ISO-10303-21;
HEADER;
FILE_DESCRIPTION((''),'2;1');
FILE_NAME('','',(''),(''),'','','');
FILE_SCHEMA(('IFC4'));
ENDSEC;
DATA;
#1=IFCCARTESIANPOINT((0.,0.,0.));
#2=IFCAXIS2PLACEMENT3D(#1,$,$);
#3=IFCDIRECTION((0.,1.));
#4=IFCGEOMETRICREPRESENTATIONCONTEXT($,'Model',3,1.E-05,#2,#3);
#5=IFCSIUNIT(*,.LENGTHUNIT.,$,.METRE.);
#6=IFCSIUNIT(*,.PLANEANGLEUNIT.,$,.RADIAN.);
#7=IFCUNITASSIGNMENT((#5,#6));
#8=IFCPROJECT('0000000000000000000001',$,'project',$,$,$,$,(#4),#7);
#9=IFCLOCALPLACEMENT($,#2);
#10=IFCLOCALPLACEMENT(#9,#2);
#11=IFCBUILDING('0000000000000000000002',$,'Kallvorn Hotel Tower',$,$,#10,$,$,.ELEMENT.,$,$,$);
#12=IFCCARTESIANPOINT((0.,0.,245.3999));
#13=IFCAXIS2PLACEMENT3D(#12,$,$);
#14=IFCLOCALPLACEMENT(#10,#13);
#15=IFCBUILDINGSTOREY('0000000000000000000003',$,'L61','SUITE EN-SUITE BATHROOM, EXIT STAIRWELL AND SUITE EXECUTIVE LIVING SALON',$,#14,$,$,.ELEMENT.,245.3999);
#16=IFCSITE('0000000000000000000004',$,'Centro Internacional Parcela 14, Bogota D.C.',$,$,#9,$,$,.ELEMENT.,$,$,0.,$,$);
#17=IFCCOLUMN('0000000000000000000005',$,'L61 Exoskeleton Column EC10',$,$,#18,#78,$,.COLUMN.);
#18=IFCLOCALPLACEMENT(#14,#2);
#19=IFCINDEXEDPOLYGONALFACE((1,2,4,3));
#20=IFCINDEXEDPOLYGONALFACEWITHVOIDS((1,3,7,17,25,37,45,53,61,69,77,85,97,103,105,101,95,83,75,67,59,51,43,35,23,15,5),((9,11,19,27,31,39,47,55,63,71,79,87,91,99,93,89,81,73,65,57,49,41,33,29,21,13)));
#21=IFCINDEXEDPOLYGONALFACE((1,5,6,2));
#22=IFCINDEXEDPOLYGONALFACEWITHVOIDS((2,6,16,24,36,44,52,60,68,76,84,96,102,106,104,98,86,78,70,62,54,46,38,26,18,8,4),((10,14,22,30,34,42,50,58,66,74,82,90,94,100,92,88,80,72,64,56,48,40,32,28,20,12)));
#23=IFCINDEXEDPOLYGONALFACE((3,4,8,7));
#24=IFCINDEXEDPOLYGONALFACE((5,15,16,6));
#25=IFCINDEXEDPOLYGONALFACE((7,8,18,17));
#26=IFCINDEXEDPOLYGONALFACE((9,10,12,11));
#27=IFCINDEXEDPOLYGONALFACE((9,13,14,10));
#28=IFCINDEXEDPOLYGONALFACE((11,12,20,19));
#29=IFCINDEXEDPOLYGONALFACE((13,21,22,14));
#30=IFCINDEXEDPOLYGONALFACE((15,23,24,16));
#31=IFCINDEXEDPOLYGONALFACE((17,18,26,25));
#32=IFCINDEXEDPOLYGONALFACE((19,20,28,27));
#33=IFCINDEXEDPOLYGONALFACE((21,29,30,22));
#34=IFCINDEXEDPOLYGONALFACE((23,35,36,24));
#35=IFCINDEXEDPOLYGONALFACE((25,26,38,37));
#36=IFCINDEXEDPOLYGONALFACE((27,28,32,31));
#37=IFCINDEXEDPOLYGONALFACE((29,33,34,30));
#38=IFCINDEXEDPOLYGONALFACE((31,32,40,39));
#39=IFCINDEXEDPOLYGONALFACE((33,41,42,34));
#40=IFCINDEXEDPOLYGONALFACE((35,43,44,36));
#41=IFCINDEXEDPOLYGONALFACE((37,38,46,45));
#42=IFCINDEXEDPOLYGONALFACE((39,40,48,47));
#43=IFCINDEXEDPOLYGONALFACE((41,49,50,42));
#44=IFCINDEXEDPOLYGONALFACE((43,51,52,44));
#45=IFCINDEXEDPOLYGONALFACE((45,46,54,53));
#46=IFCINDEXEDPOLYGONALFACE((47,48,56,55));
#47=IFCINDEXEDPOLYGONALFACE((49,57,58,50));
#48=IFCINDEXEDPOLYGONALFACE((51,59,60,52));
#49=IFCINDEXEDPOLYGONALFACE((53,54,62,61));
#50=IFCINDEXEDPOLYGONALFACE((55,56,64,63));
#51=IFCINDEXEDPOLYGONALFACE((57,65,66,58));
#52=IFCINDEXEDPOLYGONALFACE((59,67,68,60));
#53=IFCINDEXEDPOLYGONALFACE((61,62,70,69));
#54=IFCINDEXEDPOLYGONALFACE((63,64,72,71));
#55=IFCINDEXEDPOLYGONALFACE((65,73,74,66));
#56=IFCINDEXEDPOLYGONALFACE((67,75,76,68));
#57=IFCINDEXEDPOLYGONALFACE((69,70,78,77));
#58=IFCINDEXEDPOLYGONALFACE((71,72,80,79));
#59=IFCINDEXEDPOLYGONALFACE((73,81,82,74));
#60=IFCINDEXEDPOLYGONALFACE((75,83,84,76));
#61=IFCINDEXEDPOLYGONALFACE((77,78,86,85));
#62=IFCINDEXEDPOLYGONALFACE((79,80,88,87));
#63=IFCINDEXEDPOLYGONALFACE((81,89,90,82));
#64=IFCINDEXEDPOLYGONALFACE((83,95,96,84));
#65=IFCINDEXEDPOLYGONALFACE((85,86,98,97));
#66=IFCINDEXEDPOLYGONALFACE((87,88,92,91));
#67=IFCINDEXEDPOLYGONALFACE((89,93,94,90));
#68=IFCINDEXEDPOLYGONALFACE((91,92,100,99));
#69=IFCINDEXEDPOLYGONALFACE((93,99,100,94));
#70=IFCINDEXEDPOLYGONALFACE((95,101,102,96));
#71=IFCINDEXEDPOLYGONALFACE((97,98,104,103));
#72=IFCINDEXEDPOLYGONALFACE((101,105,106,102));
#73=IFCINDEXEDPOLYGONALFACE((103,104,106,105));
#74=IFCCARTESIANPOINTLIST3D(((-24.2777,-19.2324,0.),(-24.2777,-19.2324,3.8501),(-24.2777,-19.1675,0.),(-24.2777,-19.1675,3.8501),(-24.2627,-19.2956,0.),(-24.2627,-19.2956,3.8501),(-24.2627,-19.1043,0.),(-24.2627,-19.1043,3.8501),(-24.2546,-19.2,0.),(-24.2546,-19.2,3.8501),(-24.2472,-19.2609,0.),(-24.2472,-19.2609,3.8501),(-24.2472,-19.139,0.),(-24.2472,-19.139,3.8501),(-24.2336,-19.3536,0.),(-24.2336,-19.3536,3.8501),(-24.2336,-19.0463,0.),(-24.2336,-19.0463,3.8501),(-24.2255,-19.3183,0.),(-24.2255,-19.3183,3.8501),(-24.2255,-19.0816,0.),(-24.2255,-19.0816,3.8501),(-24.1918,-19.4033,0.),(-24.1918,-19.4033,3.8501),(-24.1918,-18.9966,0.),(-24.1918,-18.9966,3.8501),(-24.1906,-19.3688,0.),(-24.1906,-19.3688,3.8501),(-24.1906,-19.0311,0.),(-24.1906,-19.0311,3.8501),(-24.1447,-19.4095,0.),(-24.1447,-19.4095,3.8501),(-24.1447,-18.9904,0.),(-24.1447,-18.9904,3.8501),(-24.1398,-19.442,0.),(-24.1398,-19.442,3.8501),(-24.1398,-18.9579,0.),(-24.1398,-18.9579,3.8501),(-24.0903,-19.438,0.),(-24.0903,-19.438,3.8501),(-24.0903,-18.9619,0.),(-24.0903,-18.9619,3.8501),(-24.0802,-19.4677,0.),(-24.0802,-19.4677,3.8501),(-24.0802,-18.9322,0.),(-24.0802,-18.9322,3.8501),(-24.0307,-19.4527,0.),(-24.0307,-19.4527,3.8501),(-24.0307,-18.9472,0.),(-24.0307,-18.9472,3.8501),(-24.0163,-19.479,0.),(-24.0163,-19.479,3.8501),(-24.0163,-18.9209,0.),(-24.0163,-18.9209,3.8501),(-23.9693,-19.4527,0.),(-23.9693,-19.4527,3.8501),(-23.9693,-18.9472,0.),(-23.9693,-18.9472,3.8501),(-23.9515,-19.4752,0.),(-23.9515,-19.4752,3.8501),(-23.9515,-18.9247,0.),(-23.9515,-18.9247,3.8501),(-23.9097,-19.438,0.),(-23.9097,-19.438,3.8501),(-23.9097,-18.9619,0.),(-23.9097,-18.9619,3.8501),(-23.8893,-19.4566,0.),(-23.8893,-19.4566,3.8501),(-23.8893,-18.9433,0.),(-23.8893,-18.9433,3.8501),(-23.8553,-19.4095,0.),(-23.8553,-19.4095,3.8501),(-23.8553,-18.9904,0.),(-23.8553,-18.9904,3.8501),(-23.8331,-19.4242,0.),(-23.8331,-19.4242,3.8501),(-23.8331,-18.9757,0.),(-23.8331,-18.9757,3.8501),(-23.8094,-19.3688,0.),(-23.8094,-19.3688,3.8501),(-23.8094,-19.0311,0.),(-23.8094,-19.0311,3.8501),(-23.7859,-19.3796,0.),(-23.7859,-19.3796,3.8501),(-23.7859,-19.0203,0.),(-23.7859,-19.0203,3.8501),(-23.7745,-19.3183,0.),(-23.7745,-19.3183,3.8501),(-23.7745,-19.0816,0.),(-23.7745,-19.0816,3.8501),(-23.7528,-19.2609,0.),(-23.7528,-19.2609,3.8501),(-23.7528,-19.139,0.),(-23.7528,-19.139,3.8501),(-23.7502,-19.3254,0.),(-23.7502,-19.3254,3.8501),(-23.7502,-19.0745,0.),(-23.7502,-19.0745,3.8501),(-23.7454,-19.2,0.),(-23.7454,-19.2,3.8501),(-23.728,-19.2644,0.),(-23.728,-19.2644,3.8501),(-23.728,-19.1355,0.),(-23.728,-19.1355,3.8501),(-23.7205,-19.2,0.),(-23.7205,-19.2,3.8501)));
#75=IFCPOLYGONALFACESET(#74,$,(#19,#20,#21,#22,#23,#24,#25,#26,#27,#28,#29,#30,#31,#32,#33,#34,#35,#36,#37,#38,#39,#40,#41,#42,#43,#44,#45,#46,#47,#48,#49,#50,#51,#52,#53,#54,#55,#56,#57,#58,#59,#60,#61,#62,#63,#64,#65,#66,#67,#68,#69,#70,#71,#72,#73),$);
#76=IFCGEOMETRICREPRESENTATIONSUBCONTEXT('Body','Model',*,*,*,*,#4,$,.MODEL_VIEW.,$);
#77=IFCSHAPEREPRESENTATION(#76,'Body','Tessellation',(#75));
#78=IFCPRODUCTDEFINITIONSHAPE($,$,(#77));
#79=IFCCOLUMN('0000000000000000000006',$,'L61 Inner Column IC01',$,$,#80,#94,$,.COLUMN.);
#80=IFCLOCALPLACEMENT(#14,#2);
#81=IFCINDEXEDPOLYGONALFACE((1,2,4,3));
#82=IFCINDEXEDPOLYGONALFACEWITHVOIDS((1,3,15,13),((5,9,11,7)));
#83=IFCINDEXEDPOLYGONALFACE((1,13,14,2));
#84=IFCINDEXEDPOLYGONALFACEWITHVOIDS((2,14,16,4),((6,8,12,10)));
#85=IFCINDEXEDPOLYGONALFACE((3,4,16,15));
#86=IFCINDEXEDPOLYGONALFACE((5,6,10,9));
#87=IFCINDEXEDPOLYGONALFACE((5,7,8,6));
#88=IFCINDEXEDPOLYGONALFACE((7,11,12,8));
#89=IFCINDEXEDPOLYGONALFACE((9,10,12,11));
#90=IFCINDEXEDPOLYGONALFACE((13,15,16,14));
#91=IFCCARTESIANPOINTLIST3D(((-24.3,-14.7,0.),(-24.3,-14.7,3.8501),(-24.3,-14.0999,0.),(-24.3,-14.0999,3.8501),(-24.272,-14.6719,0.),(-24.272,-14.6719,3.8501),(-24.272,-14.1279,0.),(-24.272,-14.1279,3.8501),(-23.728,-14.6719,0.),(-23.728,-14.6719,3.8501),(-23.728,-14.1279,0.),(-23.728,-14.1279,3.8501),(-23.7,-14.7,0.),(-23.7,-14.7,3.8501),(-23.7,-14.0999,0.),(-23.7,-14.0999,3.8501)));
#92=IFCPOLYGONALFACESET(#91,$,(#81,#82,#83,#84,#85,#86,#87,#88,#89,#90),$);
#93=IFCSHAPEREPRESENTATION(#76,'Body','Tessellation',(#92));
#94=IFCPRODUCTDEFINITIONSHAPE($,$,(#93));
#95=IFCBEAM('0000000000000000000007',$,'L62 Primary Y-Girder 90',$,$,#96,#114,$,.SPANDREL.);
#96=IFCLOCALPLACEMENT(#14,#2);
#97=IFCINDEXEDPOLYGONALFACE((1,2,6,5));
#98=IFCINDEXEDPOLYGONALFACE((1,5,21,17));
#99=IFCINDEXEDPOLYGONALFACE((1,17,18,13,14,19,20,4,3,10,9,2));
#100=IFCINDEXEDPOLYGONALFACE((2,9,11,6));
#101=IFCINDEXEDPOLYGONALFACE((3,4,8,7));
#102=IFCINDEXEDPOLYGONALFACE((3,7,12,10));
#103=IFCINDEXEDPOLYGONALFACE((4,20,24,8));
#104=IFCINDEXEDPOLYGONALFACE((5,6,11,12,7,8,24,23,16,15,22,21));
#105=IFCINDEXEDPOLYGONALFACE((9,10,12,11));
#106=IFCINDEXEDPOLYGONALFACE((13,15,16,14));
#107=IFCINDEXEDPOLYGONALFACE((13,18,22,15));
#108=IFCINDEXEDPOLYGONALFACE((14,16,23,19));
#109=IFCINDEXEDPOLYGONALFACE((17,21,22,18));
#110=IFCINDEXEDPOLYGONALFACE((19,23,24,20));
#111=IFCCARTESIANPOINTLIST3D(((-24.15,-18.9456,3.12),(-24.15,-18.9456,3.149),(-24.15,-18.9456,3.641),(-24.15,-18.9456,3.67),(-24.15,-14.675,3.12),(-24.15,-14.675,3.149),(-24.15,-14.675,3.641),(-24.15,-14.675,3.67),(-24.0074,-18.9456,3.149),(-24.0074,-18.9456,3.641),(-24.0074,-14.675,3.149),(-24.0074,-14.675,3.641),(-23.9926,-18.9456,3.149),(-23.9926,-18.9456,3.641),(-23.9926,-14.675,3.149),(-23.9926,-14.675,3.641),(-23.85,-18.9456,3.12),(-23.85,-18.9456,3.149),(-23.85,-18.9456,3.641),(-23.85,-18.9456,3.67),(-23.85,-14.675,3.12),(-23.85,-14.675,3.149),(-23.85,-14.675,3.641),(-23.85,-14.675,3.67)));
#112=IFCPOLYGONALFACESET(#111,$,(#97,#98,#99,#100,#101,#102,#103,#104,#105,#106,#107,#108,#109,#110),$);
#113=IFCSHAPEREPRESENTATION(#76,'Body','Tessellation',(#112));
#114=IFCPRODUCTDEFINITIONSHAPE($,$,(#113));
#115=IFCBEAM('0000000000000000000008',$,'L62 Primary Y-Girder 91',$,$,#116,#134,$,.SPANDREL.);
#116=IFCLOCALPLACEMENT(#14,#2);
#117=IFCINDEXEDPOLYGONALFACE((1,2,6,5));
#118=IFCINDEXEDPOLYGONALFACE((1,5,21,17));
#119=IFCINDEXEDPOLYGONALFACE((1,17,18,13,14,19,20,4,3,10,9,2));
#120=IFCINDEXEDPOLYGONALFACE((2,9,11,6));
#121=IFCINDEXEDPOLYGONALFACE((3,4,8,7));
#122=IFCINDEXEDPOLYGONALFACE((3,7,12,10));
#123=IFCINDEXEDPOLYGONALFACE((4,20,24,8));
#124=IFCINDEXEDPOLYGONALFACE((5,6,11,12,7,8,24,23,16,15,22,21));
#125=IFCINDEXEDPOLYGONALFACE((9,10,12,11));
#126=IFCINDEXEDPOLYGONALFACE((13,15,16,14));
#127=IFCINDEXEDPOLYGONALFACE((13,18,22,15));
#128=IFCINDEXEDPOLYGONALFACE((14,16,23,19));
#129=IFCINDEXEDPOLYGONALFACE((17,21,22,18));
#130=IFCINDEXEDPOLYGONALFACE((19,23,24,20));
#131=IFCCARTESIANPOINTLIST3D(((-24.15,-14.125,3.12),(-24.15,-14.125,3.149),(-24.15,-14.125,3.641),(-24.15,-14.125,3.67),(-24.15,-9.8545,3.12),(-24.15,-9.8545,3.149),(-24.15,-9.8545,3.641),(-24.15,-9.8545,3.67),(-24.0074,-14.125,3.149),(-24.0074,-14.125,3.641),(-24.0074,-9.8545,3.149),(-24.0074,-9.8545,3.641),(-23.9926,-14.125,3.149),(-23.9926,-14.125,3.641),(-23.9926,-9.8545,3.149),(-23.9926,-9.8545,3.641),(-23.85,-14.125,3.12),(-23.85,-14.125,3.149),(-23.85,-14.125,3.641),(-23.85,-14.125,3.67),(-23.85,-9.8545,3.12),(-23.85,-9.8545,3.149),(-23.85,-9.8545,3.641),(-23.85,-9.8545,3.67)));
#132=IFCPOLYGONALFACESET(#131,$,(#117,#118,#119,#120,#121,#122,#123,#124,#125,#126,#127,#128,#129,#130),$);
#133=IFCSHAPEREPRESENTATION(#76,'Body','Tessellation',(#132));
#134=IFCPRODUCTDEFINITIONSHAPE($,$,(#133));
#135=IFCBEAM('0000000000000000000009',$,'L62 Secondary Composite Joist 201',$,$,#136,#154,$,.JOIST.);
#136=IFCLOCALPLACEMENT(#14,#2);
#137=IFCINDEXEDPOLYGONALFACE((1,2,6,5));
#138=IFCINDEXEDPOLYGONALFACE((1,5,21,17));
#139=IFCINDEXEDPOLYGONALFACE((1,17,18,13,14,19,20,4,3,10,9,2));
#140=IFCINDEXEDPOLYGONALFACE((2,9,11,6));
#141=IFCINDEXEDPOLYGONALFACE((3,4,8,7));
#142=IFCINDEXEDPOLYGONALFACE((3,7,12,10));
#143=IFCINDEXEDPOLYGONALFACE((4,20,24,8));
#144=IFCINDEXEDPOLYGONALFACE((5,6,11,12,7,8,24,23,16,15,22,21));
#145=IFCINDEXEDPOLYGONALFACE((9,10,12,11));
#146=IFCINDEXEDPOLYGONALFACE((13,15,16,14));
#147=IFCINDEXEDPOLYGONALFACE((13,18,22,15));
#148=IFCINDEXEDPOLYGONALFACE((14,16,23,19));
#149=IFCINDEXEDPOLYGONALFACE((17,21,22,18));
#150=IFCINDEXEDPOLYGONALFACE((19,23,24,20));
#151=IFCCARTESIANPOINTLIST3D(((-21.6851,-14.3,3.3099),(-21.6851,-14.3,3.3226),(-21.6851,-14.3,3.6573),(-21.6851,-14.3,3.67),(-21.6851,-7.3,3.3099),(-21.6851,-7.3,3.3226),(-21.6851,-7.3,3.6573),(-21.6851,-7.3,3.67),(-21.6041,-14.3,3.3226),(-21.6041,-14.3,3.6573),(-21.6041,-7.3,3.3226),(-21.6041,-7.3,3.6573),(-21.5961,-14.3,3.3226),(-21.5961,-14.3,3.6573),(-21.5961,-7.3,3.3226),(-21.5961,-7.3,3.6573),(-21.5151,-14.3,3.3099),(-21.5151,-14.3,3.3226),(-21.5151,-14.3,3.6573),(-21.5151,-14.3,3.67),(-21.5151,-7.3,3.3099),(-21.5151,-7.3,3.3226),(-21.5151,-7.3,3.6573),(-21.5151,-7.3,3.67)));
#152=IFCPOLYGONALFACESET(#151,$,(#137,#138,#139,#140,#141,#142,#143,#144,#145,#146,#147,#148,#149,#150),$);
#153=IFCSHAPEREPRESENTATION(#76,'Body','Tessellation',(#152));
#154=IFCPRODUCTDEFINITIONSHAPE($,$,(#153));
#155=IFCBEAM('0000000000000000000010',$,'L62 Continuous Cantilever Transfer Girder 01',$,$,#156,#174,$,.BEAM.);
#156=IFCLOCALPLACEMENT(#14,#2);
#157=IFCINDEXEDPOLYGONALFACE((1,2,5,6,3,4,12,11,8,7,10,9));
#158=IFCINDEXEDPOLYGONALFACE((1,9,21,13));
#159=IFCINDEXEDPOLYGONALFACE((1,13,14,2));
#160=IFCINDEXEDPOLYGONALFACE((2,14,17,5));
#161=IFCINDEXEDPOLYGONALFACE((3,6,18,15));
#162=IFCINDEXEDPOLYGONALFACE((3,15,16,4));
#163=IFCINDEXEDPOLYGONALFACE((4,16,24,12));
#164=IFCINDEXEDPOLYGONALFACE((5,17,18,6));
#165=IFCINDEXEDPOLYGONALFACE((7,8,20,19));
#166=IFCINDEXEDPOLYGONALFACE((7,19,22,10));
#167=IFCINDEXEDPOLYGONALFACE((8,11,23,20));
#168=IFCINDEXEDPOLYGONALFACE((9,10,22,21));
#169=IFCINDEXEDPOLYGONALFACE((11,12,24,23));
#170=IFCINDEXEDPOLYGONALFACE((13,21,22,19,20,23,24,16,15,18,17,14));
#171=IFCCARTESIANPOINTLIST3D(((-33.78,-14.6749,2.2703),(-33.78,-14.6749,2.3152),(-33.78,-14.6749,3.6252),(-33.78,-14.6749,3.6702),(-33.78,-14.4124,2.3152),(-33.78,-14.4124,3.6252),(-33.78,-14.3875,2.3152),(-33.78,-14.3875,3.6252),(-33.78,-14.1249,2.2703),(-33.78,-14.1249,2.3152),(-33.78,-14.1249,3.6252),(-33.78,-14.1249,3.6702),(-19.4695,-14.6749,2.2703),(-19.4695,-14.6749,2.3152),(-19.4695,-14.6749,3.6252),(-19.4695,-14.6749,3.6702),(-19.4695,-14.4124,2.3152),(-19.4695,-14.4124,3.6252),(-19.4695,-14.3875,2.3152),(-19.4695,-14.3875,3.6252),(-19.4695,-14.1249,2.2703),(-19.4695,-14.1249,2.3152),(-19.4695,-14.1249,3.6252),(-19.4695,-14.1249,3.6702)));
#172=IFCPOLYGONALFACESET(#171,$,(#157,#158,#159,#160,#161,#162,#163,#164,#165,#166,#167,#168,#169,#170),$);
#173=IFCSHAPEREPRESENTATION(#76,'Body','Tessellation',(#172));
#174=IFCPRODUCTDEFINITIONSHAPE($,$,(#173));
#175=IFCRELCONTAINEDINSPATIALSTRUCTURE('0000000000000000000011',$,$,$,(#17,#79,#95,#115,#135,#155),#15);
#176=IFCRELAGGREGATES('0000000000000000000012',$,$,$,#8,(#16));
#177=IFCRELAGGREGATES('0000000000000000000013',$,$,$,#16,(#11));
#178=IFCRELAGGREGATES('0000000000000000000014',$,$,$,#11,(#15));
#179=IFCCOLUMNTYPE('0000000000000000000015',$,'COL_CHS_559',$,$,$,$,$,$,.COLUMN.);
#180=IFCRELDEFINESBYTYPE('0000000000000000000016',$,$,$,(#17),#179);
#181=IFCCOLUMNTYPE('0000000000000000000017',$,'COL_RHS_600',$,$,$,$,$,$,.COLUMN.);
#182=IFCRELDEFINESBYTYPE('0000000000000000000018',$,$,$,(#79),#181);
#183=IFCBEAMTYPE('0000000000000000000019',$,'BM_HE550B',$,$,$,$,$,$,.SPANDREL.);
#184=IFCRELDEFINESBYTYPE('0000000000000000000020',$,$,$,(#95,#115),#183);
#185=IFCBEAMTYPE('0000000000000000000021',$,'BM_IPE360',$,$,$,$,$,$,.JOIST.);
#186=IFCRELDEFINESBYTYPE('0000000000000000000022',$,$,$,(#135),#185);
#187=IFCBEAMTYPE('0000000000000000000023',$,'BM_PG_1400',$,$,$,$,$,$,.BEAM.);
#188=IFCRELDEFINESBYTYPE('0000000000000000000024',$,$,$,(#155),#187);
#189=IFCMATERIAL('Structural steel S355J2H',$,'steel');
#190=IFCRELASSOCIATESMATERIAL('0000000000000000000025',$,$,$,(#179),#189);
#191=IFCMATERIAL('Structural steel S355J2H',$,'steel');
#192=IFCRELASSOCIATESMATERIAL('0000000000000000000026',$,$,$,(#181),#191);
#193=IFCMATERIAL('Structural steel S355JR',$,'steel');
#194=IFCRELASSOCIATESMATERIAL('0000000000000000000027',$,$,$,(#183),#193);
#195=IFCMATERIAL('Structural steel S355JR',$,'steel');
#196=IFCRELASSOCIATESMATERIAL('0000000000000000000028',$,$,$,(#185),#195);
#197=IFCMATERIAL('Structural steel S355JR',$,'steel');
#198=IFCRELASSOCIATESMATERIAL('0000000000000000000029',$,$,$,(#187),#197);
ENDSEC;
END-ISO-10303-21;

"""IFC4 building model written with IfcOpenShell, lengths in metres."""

from ifc_helpers import new_model, si_unit, direction, frame, origin, origin_2d, place, context, subcontext, project, spatial, hollow_rectangle, hollow_circle, i_section, extrude, material, material_profile, profile_set, type_object, element, save


model = new_model("IFC4")

# Units and contexts
model_context = context("Model", 3, precision=1e-05, world=origin(), true_north=direction((0.0, 1.0)))
body_context = subcontext(model_context, "Body", "Model", "MODEL_VIEW")
ifc_project = project(units=[si_unit("LENGTHUNIT", "METRE"), si_unit("PLANEANGLEUNIT", "RADIAN")], contexts=[model_context])

# Site, building, storey
site_placement = place(None, origin())
site = spatial("IfcSite", under=ifc_project, at=site_placement, Name="Centro Internacional Parcela 14, Bogota D.C.", CompositionType="ELEMENT", RefElevation=0.0)
building_placement = place(site_placement, origin())
building = spatial("IfcBuilding", under=site, at=building_placement, Name="Kallvorn Hotel Tower", CompositionType="ELEMENT")
storey_placement = place(building_placement, frame((0.0, 0.0, 245.3999)))
storey = spatial("IfcBuildingStorey", under=building, at=storey_placement, Name="L61", Description="SUITE EN-SUITE BATHROOM, EXIT STAIRWELL AND SUITE EXECUTIVE LIVING SALON", CompositionType="ELEMENT", Elevation=245.3999)

# Columns
ifc_material_1 = material(Name="Structural steel S355J2H", Category="steel")
ifc_material_profile_1 = material_profile(ifc_material_1, hollow_circle(Radius=0.2795, WallThickness=0.0249, at=origin_2d()), Name="CHS 559x25")
ifc_profile_set_1 = profile_set([ifc_material_profile_1], Name="Structural steel S355J2H")
column_type_1 = type_object("IfcColumnType", Name="COL_CHS_559", PredefinedType="COLUMN", material=ifc_profile_set_1)
column_1_placement = place(storey_placement, frame((-24.0, -19.2, 0.0), z_axis=(0.0, 0.0, 1.0), x_axis=(1.0, 0.0, 0.0)))
element("IfcColumn", 1, at=column_1_placement, inside=storey, type_object=column_type_1, Name="L61 Exoskeleton Column EC10", PredefinedType="COLUMN", context=body_context, shape_type="SweptSolid", body=[
    extrude(hollow_circle(Radius=0.2795, WallThickness=0.0249, at=origin_2d()), origin(), (0.0, 0.0, 1.0), 3.8501),
])
ifc_material_2 = material(Name="Structural steel S355J2H", Category="steel")
ifc_material_profile_2 = material_profile(ifc_material_2, hollow_rectangle(XDim=0.6001, YDim=0.6001, WallThickness=0.0281, at=origin_2d()), Name="RHS 600x600x28")
ifc_profile_set_2 = profile_set([ifc_material_profile_2], Name="Structural steel S355J2H")
column_type_2 = type_object("IfcColumnType", Name="COL_RHS_600", PredefinedType="COLUMN", material=ifc_profile_set_2)
column_2_placement = place(storey_placement, frame((-24.0, -14.3999, 0.0), z_axis=(0.0, 0.0, 1.0), x_axis=(1.0, 0.0, 0.0)))
element("IfcColumn", 2, at=column_2_placement, inside=storey, type_object=column_type_2, Name="L61 Inner Column IC01", PredefinedType="COLUMN", context=body_context, shape_type="SweptSolid", body=[
    extrude(hollow_rectangle(XDim=0.6001, YDim=0.6001, WallThickness=0.0281, at=origin_2d()), origin(), (0.0, 0.0, 1.0), 3.8501),
])

# Beams
ifc_material_3 = material(Name="Structural steel S355JR", Category="steel")
ifc_material_profile_3 = material_profile(ifc_material_3, i_section(OverallWidth=0.3, OverallDepth=0.55, WebThickness=0.0149, FlangeThickness=0.0291, at=origin_2d()), Name="HE 550 B")
ifc_profile_set_3 = profile_set([ifc_material_profile_3], Name="Structural steel S355JR")
beam_type_1 = type_object("IfcBeamType", Name="BM_HE550B", PredefinedType="SPANDREL", material=ifc_profile_set_3)
for number, where, z_axis, x_axis, name in (
    (3, (-24.0, -18.9456, 3.395), (0.0, 1.0, 0.0), (-1.0, 0.0, 0.0), "L62 Primary Y-Girder 90"),
    (4, (-24.0, -14.125, 3.395), (0.0, 1.0, 0.0), (-1.0, 0.0, 0.0), "L62 Primary Y-Girder 91"),
):
    element("IfcBeam", number, at=place(storey_placement, frame(where, z_axis=z_axis, x_axis=x_axis)), inside=storey, type_object=beam_type_1, Name=name, PredefinedType="SPANDREL", context=body_context, shape_type="SweptSolid", body=[
        extrude(i_section(OverallWidth=0.3, OverallDepth=0.55, WebThickness=0.0149, FlangeThickness=0.0291, at=origin_2d()), origin(), (0.0, 0.0, 1.0), 4.2705),
    ])
ifc_material_4 = material(Name="Structural steel S355JR", Category="steel")
ifc_material_profile_4 = material_profile(ifc_material_4, i_section(OverallWidth=0.1699, OverallDepth=0.3601, WebThickness=0.0081, FlangeThickness=0.0127, at=origin_2d()), Name="IPE 360")
ifc_profile_set_4 = profile_set([ifc_material_profile_4], Name="Structural steel S355JR")
beam_type_2 = type_object("IfcBeamType", Name="BM_IPE360", PredefinedType="JOIST", material=ifc_profile_set_4)
beam_1_placement = place(storey_placement, frame((-21.6001, -14.3, 3.49), z_axis=(0.0, 1.0, 0.0), x_axis=(-1.0, 0.0, 0.0)))
element("IfcBeam", 5, at=beam_1_placement, inside=storey, type_object=beam_type_2, Name="L62 Secondary Composite Joist 201", PredefinedType="JOIST", context=body_context, shape_type="SweptSolid", body=[
    extrude(i_section(OverallWidth=0.1699, OverallDepth=0.3601, WebThickness=0.0081, FlangeThickness=0.0127, at=origin_2d()), origin(), (0.0, 0.0, 1.0), 7.0),
])
ifc_material_5 = material(Name="Structural steel S355JR", Category="steel")
ifc_material_profile_5 = material_profile(ifc_material_5, i_section(OverallWidth=0.55, OverallDepth=1.3999, WebThickness=0.0249, FlangeThickness=0.0449, at=origin_2d()), Name="PG 1400x550x25x45")
ifc_profile_set_5 = profile_set([ifc_material_profile_5], Name="Structural steel S355JR")
beam_type_3 = type_object("IfcBeamType", Name="BM_PG_1400", PredefinedType="BEAM", material=ifc_profile_set_5)
beam_2_placement = place(storey_placement, frame((-19.4695, -14.3999, 2.9702), z_axis=(-1.0, 0.0, 0.0), x_axis=(0.0, -1.0, 0.0)))
element("IfcBeam", 6, at=beam_2_placement, inside=storey, type_object=beam_type_3, Name="L62 Continuous Cantilever Transfer Girder 01", PredefinedType="BEAM", context=body_context, shape_type="SweptSolid", body=[
    extrude(i_section(OverallWidth=0.55, OverallDepth=1.3999, WebThickness=0.0249, FlangeThickness=0.0449, at=origin_2d()), origin(), (0.0, 0.0, 1.0), 14.3105),
])

save(model, "model.ifc")
